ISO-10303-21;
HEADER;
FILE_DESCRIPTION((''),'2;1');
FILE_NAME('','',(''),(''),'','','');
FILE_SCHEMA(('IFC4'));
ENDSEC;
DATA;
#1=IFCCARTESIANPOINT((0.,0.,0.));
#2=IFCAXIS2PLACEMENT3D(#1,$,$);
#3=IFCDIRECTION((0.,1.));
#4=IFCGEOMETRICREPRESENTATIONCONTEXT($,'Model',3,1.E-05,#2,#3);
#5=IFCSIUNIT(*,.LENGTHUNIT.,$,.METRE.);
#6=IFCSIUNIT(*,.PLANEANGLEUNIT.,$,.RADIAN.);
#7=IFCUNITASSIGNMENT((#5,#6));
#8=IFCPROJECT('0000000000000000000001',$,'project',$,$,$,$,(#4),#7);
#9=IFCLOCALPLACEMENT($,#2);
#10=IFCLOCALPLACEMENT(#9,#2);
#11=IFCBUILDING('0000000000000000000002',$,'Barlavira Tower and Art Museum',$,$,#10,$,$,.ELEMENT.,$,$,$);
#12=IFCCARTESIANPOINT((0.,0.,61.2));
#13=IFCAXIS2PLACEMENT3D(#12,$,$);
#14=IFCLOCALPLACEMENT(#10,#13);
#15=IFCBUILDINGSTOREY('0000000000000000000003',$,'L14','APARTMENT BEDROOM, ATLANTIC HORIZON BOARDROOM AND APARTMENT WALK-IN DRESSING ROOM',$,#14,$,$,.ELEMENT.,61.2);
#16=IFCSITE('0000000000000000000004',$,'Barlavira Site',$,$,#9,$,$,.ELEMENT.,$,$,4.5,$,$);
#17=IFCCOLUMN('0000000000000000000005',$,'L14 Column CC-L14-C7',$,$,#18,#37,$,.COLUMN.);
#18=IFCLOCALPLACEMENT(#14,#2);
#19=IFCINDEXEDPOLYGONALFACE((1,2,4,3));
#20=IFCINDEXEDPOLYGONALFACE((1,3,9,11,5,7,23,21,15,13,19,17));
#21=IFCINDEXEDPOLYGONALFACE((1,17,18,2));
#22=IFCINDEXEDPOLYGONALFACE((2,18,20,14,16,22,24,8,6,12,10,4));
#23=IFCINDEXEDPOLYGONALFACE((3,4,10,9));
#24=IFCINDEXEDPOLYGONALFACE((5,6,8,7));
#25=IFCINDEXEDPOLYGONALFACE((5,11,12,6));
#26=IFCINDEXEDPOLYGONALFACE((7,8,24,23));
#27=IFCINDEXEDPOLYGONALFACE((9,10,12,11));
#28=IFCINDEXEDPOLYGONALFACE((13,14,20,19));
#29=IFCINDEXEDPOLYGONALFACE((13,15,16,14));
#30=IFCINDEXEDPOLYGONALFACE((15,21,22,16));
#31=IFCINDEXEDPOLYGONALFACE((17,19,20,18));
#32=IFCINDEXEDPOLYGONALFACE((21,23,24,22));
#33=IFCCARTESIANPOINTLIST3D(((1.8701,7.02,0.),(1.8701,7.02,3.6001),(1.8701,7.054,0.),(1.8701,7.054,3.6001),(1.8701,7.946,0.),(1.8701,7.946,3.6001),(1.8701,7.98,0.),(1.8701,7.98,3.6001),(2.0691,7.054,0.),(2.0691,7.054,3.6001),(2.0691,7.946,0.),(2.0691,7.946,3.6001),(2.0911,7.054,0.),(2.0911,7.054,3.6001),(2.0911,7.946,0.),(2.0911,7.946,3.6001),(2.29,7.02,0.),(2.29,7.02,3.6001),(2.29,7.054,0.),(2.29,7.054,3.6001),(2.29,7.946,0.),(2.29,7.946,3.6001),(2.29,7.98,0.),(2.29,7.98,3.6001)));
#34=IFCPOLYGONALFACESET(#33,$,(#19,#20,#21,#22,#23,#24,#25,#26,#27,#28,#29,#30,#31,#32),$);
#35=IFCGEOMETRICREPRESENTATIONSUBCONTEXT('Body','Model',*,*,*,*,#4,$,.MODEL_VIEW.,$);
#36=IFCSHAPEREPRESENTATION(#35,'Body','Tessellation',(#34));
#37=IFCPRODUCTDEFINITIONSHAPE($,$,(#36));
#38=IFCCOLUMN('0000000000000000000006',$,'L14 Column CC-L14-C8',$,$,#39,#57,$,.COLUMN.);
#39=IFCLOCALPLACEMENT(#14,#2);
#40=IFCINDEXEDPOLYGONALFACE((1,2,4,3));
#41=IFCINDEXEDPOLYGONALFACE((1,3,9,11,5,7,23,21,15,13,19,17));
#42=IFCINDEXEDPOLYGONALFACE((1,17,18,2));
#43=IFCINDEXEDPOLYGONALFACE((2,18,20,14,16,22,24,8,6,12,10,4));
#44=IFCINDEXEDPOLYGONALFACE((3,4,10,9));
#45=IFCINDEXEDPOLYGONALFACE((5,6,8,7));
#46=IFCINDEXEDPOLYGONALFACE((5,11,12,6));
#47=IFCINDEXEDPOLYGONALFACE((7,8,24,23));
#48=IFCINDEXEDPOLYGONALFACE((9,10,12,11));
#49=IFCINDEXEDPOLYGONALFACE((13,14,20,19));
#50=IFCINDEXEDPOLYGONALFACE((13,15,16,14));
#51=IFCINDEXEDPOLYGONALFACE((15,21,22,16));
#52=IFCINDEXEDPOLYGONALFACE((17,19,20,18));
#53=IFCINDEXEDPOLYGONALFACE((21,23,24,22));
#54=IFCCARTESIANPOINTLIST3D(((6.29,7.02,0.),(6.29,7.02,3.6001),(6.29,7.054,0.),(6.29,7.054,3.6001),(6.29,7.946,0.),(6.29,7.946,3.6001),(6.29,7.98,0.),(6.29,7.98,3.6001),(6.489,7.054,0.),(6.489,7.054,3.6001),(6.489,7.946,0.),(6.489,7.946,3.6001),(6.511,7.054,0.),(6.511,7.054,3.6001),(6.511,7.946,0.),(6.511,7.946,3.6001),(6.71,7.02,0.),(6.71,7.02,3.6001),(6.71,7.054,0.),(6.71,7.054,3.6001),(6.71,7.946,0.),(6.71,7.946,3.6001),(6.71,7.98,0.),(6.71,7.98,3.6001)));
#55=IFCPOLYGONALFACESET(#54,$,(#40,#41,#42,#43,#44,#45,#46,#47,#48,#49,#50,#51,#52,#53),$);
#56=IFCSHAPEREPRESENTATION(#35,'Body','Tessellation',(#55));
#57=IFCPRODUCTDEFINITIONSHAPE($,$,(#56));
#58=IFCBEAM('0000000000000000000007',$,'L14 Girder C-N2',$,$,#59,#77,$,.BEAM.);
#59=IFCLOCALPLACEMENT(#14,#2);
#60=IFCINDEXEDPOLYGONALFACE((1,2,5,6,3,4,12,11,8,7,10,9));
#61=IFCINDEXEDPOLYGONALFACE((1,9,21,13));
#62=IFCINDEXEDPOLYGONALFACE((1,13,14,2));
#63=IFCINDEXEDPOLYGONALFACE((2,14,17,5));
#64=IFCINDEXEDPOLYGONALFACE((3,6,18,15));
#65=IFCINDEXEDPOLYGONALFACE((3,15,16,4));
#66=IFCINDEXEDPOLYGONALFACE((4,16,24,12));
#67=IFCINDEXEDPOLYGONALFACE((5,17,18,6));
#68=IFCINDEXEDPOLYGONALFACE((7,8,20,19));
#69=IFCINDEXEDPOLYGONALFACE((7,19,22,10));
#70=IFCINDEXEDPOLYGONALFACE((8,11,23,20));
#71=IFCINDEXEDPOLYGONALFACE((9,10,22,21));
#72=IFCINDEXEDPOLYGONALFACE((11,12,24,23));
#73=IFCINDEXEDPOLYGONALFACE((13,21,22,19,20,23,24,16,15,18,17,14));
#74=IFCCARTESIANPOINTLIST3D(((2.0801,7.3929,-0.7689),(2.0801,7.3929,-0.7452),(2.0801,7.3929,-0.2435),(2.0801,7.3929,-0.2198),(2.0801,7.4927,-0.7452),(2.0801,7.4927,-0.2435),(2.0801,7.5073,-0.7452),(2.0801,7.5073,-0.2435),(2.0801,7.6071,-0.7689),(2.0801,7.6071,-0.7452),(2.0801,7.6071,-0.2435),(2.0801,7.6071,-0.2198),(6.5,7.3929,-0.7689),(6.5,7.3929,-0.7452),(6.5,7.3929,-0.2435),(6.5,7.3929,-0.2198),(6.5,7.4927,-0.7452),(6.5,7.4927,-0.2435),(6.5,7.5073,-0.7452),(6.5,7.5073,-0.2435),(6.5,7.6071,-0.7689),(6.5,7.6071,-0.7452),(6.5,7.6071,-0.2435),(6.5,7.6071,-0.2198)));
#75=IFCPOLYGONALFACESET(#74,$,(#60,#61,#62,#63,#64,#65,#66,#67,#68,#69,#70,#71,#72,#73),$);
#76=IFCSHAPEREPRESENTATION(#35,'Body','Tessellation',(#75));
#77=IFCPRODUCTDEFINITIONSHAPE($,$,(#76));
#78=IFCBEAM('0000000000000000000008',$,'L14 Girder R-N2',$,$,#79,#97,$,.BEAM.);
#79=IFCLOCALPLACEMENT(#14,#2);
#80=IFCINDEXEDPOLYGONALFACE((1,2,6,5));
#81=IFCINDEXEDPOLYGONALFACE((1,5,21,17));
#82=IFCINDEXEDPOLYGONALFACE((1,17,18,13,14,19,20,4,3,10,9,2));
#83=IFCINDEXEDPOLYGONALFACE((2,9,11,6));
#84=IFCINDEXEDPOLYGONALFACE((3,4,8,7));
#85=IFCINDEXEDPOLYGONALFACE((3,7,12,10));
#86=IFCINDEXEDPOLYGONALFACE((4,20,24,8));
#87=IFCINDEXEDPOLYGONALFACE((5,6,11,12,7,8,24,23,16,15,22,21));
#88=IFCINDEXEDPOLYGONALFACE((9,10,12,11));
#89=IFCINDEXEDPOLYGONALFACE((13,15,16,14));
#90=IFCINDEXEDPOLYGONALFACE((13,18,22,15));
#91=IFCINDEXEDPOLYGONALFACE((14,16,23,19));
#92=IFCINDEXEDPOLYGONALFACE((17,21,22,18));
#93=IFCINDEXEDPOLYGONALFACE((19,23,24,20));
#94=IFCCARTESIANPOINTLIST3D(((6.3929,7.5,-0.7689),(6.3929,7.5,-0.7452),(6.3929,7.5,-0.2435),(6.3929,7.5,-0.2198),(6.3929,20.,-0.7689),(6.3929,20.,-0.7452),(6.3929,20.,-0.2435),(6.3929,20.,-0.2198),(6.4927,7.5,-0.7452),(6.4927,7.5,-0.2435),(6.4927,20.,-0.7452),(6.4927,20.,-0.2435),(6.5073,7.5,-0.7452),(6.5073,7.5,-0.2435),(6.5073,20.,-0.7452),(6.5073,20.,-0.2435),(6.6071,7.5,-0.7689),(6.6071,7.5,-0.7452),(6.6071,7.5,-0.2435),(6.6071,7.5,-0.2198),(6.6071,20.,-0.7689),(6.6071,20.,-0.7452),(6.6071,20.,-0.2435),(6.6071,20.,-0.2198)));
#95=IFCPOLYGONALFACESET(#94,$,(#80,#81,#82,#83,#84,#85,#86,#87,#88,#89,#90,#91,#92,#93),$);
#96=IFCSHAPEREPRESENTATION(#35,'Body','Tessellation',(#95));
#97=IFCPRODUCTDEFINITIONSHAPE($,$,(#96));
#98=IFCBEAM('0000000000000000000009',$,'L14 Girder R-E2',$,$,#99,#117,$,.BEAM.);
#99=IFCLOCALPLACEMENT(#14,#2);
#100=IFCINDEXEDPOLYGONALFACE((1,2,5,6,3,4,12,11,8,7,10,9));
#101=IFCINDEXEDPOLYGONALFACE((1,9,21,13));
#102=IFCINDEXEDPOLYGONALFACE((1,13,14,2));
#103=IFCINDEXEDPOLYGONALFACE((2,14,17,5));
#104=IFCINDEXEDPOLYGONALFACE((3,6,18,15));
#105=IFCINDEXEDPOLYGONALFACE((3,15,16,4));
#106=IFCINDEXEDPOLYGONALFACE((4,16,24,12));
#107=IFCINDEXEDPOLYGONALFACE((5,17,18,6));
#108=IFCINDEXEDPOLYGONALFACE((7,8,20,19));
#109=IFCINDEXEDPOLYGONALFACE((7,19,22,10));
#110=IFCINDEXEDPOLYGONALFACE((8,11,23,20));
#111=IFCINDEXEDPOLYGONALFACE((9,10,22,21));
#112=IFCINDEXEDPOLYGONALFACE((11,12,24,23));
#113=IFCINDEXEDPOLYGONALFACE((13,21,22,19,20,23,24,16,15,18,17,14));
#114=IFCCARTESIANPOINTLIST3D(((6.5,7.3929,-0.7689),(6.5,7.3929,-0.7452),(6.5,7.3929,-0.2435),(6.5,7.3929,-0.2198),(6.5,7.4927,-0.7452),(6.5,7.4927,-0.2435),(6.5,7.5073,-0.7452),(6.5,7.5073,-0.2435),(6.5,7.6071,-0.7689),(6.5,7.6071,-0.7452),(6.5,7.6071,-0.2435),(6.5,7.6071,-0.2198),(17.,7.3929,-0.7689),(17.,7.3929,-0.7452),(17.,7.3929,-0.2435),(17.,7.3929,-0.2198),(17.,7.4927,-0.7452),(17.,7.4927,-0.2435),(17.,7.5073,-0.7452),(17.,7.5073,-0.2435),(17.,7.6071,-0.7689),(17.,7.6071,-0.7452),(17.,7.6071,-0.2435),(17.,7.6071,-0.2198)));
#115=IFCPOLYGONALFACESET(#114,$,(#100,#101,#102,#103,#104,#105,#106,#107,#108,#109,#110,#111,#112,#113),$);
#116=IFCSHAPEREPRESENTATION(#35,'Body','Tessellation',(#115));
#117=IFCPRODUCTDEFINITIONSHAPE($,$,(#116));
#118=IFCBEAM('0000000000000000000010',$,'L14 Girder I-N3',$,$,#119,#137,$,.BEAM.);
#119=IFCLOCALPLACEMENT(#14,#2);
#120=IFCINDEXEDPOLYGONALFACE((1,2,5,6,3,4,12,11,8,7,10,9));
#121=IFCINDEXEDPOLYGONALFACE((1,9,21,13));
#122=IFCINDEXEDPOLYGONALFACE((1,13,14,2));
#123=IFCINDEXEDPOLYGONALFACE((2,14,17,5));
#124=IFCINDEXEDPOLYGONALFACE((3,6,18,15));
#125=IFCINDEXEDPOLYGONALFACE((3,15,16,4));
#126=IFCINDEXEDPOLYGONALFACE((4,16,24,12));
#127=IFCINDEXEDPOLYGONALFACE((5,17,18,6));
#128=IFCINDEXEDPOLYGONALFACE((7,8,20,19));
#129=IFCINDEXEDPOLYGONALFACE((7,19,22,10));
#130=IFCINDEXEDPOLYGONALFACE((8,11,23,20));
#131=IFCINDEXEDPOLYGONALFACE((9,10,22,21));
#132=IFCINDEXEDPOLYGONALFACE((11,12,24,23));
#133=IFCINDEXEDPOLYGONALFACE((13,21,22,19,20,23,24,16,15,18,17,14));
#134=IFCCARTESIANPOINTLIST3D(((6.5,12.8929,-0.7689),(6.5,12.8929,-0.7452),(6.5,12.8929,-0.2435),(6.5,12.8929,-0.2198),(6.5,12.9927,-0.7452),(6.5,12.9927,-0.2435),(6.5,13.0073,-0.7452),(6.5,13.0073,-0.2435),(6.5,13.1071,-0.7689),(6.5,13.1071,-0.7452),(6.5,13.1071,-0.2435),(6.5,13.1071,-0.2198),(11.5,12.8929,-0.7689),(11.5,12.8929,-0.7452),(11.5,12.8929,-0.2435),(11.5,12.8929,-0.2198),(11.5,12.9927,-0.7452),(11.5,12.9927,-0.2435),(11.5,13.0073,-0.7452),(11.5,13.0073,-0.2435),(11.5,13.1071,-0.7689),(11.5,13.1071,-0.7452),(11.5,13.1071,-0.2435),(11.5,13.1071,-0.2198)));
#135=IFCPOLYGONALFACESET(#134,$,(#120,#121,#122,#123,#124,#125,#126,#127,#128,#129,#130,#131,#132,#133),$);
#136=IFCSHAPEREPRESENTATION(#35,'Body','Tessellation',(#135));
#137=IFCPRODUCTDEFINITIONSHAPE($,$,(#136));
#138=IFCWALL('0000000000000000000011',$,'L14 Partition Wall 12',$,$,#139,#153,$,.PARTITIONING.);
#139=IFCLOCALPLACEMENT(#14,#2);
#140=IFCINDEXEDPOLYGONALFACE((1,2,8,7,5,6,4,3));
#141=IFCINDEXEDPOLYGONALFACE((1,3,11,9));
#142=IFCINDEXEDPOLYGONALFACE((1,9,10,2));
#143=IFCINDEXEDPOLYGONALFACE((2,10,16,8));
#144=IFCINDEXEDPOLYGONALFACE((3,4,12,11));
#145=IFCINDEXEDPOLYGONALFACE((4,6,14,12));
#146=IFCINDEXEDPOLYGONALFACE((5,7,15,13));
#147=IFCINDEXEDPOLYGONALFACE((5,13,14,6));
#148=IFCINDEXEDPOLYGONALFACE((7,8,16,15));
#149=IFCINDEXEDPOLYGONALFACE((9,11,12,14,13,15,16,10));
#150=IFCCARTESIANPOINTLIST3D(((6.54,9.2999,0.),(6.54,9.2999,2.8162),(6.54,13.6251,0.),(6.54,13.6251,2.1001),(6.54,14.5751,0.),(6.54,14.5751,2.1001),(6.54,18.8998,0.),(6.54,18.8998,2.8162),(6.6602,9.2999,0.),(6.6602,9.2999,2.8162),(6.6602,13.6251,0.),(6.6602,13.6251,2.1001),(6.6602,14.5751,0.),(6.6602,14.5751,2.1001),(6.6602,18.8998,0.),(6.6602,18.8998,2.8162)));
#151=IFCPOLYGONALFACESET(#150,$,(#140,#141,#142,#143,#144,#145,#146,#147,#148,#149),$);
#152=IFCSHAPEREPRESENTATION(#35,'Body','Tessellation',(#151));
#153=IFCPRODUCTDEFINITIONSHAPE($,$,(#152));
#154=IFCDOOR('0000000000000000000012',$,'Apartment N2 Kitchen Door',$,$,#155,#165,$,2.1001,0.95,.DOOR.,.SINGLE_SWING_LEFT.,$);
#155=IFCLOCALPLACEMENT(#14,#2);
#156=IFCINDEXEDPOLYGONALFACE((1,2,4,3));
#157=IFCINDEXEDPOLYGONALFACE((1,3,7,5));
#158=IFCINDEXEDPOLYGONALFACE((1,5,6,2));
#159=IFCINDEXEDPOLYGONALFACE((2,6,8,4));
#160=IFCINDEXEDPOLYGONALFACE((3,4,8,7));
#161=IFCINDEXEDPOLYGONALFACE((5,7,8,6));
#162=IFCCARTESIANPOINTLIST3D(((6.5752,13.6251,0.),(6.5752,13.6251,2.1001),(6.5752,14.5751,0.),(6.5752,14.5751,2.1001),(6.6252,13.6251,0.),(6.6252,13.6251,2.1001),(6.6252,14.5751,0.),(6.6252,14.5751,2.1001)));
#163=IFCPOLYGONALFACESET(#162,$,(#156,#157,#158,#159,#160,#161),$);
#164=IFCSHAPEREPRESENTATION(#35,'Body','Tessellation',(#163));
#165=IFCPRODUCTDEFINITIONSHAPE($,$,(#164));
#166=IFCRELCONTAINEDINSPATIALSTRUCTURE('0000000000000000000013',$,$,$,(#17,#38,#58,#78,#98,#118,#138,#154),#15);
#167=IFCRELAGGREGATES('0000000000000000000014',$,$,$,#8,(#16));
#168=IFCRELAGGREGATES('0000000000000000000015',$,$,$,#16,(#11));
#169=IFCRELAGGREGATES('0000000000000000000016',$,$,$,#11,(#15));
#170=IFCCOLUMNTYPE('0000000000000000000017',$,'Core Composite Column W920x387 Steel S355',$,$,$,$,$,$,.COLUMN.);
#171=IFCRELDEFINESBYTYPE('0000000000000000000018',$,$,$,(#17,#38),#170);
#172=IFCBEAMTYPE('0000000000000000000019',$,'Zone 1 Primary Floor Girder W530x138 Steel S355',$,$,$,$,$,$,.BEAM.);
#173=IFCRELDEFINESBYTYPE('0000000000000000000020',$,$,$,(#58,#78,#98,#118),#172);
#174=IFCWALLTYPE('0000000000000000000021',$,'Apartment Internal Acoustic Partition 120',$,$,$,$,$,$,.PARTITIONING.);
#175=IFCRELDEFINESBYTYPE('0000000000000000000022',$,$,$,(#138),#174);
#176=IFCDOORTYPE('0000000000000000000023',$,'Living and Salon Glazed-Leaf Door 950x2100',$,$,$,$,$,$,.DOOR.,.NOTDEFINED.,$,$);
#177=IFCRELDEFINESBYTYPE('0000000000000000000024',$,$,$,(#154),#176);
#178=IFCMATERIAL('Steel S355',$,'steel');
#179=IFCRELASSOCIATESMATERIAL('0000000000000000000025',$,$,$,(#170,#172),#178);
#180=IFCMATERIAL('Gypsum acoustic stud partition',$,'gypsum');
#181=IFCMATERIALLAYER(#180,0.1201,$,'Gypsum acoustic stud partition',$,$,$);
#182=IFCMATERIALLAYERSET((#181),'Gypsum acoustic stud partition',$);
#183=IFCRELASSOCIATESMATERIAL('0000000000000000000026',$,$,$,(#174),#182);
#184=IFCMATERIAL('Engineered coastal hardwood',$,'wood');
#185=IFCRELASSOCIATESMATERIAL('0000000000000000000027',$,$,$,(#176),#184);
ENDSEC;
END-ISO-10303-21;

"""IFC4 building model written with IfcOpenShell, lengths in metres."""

from ifc_helpers import new_model, si_unit, direction, frame, frame_2d, origin, origin_2d, place, context, subcontext, project, spatial, rectangle, i_section, extrude, material, layer, layer_set, material_profile, profile_set, type_object, element, fill, save


model = new_model("IFC4")

# Units and contexts
model_context = context("Model", 3, precision=1e-05, world=origin(), true_north=direction((0.0, 1.0)))
body_context = subcontext(model_context, "Body", "Model", "MODEL_VIEW")
ifc_project = project(units=[si_unit("LENGTHUNIT", "METRE"), si_unit("PLANEANGLEUNIT", "RADIAN")], contexts=[model_context])

# Site, building, storey
site_placement = place(None, origin())
site = spatial("IfcSite", under=ifc_project, at=site_placement, Name="Barlavira Site", CompositionType="ELEMENT", RefElevation=4.5)
building_placement = place(site_placement, origin())
building = spatial("IfcBuilding", under=site, at=building_placement, Name="Barlavira Tower and Art Museum", CompositionType="ELEMENT")
storey_placement = place(building_placement, frame((0.0, 0.0, 61.2)))
storey = spatial("IfcBuildingStorey", under=building, at=storey_placement, Name="L14", Description="APARTMENT BEDROOM, ATLANTIC HORIZON BOARDROOM AND APARTMENT WALK-IN DRESSING ROOM", CompositionType="ELEMENT", Elevation=61.2)

# Columns
ifc_material_1 = material(Name="Steel S355", Category="steel")
ifc_material_profile_1 = material_profile(ifc_material_1, i_section(OverallWidth=0.4199, OverallDepth=0.96, WebThickness=0.022, FlangeThickness=0.0339, at=origin_2d()), Name="W920x387.0")
ifc_profile_set_1 = profile_set([ifc_material_profile_1], Name="Steel S355")
column_type = type_object("IfcColumnType", Name="Core Composite Column W920x387 Steel S355", PredefinedType="COLUMN", material=ifc_profile_set_1)
for number, where, z_axis, x_axis, name in (
    (1, (2.0801, 7.5, 0.0), (0.0, 0.0, 1.0), (1.0, 0.0, 0.0), "L14 Column CC-L14-C7"),
    (2, (6.5, 7.5, 0.0), (0.0, 0.0, 1.0), (1.0, 0.0, 0.0), "L14 Column CC-L14-C8"),
):
    element("IfcColumn", number, at=place(storey_placement, frame(where, z_axis=z_axis, x_axis=x_axis)), inside=storey, type_object=column_type, Name=name, PredefinedType="COLUMN", context=body_context, shape_type="SweptSolid", body=[
        extrude(i_section(OverallWidth=0.4199, OverallDepth=0.96, WebThickness=0.022, FlangeThickness=0.0339, at=origin_2d()), origin(), (0.0, 0.0, 1.0), 3.6001),
    ])

# Beams
ifc_material_profile_2 = material_profile(ifc_material_1, i_section(OverallWidth=0.2141, OverallDepth=0.5491, WebThickness=0.0146, FlangeThickness=0.0237, at=origin_2d()), Name="W530x138.0")
ifc_profile_set_2 = profile_set([ifc_material_profile_2], Name="Steel S355")
beam_type = type_object("IfcBeamType", Name="Zone 1 Primary Floor Girder W530x138 Steel S355", PredefinedType="BEAM", material=ifc_profile_set_2)
beam_1_placement = place(storey_placement, frame((2.0801, 7.5, -0.4944), z_axis=(1.0, 0.0, 0.0), x_axis=(0.0, 1.0, 0.0)))
element("IfcBeam", 3, at=beam_1_placement, inside=storey, type_object=beam_type, Name="L14 Girder C-N2", PredefinedType="BEAM", context=body_context, shape_type="SweptSolid", body=[
    extrude(i_section(OverallWidth=0.2141, OverallDepth=0.5491, WebThickness=0.0146, FlangeThickness=0.0237, at=origin_2d()), origin(), (0.0, 0.0, 1.0), 4.4199),
])
beam_2_placement = place(storey_placement, frame((6.5, 7.5, -0.4944), z_axis=(0.0, 1.0, 0.0), x_axis=(-1.0, 0.0, 0.0)))
element("IfcBeam", 4, at=beam_2_placement, inside=storey, type_object=beam_type, Name="L14 Girder R-N2", PredefinedType="BEAM", context=body_context, shape_type="SweptSolid", body=[
    extrude(i_section(OverallWidth=0.2141, OverallDepth=0.5491, WebThickness=0.0146, FlangeThickness=0.0237, at=origin_2d()), origin(), (0.0, 0.0, 1.0), 12.5),
])
beam_3_placement = place(storey_placement, frame((6.5, 7.5, -0.4944), z_axis=(1.0, 0.0, 0.0), x_axis=(0.0, 1.0, 0.0)))
element("IfcBeam", 5, at=beam_3_placement, inside=storey, type_object=beam_type, Name="L14 Girder R-E2", PredefinedType="BEAM", context=body_context, shape_type="SweptSolid", body=[
    extrude(i_section(OverallWidth=0.2141, OverallDepth=0.5491, WebThickness=0.0146, FlangeThickness=0.0237, at=origin_2d()), origin(), (0.0, 0.0, 1.0), 10.5),
])
beam_4_placement = place(storey_placement, frame((6.5, 13.0, -0.4944), z_axis=(1.0, 0.0, 0.0), x_axis=(0.0, 1.0, 0.0)))
element("IfcBeam", 6, at=beam_4_placement, inside=storey, type_object=beam_type, Name="L14 Girder I-N3", PredefinedType="BEAM", context=body_context, shape_type="SweptSolid", body=[
    extrude(i_section(OverallWidth=0.2141, OverallDepth=0.5491, WebThickness=0.0146, FlangeThickness=0.0237, at=origin_2d()), origin(), (0.0, 0.0, 1.0), 5.0),
])

# Wall, opening, door
ifc_material_2 = material(Name="Gypsum acoustic stud partition", Category="gypsum")
ifc_layer_1 = layer(ifc_material_2, 0.1201, Name="Gypsum acoustic stud partition")
ifc_layer_set_1 = layer_set([ifc_layer_1], Name="Gypsum acoustic stud partition")
wall_type_1 = type_object("IfcWallType", Name="Apartment Internal Acoustic Partition 120", PredefinedType="PARTITIONING", material=ifc_layer_set_1)
wall_1_placement = place(storey_placement, frame((6.6001, 9.3, 0.0), z_axis=(0.0, 0.0, 1.0), x_axis=(0.0, 1.0, 0.0)))
wall_1 = element("IfcWall", 7, at=wall_1_placement, inside=storey, type_object=wall_type_1, Name="L14 Partition Wall 12", PredefinedType="PARTITIONING", context=body_context, shape_type="SweptSolid", body=[
    extrude(rectangle(XDim=9.5999, YDim=0.1201, at=frame_2d((4.7998, 0.0))), origin(), (0.0, 0.0, 1.0), 2.8162),
])
opening_1_placement = place(wall_1_placement, frame((4.325, 0.0, 0.0)))
opening_1 = element("IfcOpeningElement", 8, at=opening_1_placement, cuts=wall_1, PredefinedType="OPENING", context=body_context, shape_type="SweptSolid", body=[
    extrude(rectangle(XDim=0.95, YDim=2.1001, at=frame_2d((0.4751, 1.05))), frame((0.0, 0.0701, 0.0), z_axis=(0.0, -1.0, 0.0), x_axis=(1.0, 0.0, 0.0)), (0.0, 0.0, 1.0), 0.1401),
])
ifc_material_3 = material(Name="Engineered coastal hardwood", Category="wood")
door_type_1 = type_object("IfcDoorType", Name="Living and Salon Glazed-Leaf Door 950x2100", OperationType="NOTDEFINED", PredefinedType="DOOR", material=ifc_material_3)
door_1_placement = place(opening_1_placement, origin())
door_1 = element("IfcDoor", 9, at=door_1_placement, inside=storey, type_object=door_type_1, Name="Apartment N2 Kitchen Door", OperationType="SINGLE_SWING_LEFT", OverallHeight=2.1001, OverallWidth=0.95, PredefinedType="DOOR", context=body_context, shape_type="SweptSolid", body=[
    extrude(rectangle(XDim=0.95, YDim=2.1001, at=frame_2d((0.4751, 1.05))), frame((0.0, 0.0249, 0.0), z_axis=(0.0, -1.0, 0.0), x_axis=(1.0, 0.0, 0.0)), (0.0, 0.0, 1.0), 0.05),
])
fill(opening_1, door_1)

save(model, "model.ifc")
